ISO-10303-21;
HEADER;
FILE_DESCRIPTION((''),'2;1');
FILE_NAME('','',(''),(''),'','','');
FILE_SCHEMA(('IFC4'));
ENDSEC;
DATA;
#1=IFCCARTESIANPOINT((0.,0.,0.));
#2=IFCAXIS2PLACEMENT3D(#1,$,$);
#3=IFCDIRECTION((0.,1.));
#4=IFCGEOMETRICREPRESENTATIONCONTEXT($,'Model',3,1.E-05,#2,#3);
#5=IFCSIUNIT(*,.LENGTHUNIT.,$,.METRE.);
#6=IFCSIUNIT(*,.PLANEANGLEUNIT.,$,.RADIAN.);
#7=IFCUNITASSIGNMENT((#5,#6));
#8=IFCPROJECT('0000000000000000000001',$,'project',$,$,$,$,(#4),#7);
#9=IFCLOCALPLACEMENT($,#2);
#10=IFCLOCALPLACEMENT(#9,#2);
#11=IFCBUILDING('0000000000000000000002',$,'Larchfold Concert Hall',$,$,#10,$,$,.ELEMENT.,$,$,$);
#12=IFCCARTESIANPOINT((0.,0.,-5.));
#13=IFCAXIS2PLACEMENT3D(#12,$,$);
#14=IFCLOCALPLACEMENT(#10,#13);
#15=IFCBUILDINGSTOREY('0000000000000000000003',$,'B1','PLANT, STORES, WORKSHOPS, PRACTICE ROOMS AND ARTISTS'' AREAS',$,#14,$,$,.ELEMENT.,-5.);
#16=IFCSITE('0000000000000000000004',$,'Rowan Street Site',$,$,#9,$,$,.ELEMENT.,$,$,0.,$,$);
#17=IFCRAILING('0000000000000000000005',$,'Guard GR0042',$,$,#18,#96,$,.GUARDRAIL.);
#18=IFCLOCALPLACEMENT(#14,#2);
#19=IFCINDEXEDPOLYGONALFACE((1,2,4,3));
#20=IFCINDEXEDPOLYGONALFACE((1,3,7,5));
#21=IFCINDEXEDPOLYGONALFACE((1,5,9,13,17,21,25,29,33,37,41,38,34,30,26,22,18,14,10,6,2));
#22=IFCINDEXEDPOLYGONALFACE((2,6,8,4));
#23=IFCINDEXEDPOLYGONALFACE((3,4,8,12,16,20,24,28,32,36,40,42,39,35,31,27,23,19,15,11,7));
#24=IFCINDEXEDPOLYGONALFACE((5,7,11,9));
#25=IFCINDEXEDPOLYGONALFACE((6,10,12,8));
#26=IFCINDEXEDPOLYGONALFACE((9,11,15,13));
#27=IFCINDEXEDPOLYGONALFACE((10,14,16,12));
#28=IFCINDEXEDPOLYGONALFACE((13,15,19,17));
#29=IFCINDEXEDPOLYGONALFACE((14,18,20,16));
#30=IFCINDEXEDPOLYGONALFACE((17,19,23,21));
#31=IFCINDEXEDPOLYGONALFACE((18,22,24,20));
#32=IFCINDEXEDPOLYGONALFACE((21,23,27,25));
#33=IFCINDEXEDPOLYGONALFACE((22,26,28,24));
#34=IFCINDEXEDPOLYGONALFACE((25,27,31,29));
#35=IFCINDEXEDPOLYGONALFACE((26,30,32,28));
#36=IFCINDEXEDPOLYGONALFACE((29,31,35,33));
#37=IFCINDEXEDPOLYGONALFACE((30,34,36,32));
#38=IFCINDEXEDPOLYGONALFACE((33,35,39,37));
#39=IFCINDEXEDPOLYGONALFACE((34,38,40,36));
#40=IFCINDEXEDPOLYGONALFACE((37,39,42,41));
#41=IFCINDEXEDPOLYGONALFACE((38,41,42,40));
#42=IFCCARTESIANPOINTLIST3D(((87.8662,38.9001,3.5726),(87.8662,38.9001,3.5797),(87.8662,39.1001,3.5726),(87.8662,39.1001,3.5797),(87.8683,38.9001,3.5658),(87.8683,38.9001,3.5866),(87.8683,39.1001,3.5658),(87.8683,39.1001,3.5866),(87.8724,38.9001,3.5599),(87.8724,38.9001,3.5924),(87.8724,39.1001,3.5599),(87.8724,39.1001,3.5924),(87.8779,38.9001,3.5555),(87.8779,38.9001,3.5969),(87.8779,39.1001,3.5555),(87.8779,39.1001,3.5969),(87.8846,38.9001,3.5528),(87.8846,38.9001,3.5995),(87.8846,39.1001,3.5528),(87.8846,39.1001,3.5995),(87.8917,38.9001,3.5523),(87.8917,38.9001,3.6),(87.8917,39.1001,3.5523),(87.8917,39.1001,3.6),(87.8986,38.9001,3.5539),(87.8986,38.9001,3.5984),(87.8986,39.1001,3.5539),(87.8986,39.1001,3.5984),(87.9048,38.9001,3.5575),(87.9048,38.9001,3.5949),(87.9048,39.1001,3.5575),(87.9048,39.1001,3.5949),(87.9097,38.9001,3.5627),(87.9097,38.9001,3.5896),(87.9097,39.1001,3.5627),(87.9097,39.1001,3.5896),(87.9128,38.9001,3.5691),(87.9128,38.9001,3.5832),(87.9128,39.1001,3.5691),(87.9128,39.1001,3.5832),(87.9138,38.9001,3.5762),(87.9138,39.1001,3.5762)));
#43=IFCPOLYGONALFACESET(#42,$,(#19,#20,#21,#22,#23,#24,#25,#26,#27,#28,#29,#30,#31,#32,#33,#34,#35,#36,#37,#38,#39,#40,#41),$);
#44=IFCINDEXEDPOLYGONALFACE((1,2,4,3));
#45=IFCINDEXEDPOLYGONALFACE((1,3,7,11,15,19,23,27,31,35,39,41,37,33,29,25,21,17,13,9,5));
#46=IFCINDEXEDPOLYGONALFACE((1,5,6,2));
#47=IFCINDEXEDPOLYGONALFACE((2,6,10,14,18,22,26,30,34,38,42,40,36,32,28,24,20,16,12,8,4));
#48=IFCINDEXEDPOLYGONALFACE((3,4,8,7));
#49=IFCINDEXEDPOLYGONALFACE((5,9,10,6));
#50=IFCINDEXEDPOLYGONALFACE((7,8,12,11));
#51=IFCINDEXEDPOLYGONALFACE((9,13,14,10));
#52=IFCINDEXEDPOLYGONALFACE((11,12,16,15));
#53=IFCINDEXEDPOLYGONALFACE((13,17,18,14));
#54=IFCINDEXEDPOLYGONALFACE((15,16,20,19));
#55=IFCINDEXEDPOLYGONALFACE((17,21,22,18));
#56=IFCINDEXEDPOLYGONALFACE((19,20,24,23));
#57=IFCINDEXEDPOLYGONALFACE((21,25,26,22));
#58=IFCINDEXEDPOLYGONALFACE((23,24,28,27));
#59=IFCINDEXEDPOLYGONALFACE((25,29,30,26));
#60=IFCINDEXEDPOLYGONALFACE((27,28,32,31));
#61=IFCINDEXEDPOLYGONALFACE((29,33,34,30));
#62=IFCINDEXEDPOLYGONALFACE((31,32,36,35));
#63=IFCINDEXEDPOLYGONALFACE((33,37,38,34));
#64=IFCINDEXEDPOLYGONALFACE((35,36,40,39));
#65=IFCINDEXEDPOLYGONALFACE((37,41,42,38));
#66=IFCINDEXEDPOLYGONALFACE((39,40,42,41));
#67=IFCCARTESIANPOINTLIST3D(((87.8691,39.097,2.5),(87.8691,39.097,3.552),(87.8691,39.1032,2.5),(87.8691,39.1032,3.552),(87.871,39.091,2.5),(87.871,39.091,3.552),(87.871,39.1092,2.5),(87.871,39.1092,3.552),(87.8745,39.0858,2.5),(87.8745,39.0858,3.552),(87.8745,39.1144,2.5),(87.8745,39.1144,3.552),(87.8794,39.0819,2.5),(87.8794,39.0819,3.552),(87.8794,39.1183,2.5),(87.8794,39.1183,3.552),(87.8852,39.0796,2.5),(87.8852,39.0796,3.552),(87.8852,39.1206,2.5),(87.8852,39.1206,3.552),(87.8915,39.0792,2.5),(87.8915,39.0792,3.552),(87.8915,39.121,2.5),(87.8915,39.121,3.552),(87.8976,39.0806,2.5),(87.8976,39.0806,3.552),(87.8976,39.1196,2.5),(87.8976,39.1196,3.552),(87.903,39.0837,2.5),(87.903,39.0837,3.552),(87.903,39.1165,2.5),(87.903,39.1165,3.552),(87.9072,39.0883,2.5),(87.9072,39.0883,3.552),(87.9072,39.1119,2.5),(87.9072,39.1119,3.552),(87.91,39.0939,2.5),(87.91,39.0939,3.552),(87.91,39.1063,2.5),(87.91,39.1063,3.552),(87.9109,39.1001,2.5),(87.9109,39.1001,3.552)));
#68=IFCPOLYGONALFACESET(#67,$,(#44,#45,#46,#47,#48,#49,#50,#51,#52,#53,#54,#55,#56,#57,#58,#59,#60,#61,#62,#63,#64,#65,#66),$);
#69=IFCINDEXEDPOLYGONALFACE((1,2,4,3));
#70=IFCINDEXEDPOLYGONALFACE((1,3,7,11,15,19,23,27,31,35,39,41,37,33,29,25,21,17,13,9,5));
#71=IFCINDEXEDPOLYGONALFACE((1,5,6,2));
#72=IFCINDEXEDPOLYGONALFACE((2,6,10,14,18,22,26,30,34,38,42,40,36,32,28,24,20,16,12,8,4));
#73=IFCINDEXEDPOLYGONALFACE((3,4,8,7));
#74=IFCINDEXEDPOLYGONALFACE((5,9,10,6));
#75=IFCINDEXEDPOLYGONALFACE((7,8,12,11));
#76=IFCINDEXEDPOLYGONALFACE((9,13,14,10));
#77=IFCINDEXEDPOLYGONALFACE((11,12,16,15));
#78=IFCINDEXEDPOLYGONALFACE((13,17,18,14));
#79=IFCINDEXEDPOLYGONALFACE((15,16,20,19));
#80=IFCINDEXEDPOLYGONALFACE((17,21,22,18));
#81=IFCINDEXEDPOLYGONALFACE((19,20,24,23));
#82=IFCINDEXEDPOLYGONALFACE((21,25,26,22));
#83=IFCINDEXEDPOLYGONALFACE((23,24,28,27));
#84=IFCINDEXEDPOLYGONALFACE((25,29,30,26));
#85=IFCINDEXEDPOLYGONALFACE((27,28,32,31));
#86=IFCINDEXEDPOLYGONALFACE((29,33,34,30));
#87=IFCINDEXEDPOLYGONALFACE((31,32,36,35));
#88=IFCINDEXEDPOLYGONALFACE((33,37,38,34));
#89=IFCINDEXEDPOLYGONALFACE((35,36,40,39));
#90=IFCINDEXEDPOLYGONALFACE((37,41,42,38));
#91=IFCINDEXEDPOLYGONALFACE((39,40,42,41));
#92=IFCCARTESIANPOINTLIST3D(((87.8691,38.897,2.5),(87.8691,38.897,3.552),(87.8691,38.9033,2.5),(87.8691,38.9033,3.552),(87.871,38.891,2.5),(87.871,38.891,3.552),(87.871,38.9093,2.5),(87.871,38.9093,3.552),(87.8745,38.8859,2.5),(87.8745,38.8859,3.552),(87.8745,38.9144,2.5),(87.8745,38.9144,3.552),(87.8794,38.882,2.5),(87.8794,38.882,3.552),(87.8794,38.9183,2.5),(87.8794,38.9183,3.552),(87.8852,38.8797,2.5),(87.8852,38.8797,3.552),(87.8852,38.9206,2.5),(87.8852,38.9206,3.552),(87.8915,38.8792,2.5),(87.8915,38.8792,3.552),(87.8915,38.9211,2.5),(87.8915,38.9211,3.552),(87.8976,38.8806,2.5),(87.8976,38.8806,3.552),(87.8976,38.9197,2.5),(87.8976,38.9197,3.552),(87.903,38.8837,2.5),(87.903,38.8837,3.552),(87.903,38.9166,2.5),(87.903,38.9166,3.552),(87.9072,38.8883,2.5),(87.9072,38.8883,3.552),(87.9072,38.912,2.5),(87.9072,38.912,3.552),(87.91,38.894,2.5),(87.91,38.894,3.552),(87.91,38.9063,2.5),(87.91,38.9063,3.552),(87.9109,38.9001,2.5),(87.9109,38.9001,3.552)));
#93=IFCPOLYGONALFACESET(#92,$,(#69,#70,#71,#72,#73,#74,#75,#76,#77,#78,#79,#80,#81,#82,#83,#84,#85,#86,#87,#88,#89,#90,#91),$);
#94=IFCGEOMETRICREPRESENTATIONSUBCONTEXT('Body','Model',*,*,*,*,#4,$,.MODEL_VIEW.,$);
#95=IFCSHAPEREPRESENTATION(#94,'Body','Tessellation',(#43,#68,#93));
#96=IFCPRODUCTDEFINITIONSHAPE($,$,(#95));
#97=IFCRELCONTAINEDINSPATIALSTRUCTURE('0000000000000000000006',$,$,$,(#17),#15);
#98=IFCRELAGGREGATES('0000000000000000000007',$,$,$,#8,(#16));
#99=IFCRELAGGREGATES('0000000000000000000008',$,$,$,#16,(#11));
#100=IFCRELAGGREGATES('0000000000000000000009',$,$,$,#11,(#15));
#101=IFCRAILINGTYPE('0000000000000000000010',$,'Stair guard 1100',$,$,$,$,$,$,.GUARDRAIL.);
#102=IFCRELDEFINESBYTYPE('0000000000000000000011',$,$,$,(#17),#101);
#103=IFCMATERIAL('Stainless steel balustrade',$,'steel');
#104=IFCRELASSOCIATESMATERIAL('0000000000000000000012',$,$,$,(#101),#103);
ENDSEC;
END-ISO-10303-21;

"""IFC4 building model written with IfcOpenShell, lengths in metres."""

from ifc_helpers import new_model, si_unit, direction, frame, origin, origin_2d, place, context, subcontext, project, spatial, circle, extrude, material, type_object, element, save


model = new_model("IFC4")

# Units and contexts
model_context = context("Model", 3, precision=1e-05, world=origin(), true_north=direction((0.0, 1.0)))
body_context = subcontext(model_context, "Body", "Model", "MODEL_VIEW")
ifc_project = project(units=[si_unit("LENGTHUNIT", "METRE"), si_unit("PLANEANGLEUNIT", "RADIAN")], contexts=[model_context])

# Site, building, storey
site_placement = place(None, origin())
site = spatial("IfcSite", under=ifc_project, at=site_placement, Name="Rowan Street Site", CompositionType="ELEMENT", RefElevation=0.0)
building_placement = place(site_placement, origin())
building = spatial("IfcBuilding", under=site, at=building_placement, Name="Larchfold Concert Hall", CompositionType="ELEMENT")
storey_placement = place(building_placement, frame((0.0, 0.0, -5.0)))
storey = spatial("IfcBuildingStorey", under=building, at=storey_placement, Name="B1", Description="PLANT, STORES, WORKSHOPS, PRACTICE ROOMS AND ARTISTS' AREAS", CompositionType="ELEMENT", Elevation=-5.0)

# Railing
ifc_material_1 = material(Name="Stainless steel balustrade", Category="steel")
railing_type_1 = type_object("IfcRailingType", Name="Stair guard 1100", PredefinedType="GUARDRAIL", material=ifc_material_1)
railing_1_placement = place(storey_placement, frame((87.8899, 39.1001, 2.5)))
element("IfcRailing", 1, at=railing_1_placement, inside=storey, type_object=railing_type_1, Name="Guard GR0042", PredefinedType="GUARDRAIL", context=body_context, shape_type="SweptSolid", body=[
    extrude(circle(Radius=0.0239, at=origin_2d()), frame((0.0, 0.0, 1.0762), z_axis=(0.0, -1.0, 0.0), x_axis=(1.0, 0.0, 0.0)), (0.0, 0.0, 1.0), 0.2),
    extrude(circle(Radius=0.021, at=origin_2d()), origin(), (0.0, 0.0, 1.0), 1.052),
    extrude(circle(Radius=0.021, at=origin_2d()), frame((0.0, -0.2, 0.0)), (0.0, 0.0, 1.0), 1.052),
])

save(model, "model.ifc")
